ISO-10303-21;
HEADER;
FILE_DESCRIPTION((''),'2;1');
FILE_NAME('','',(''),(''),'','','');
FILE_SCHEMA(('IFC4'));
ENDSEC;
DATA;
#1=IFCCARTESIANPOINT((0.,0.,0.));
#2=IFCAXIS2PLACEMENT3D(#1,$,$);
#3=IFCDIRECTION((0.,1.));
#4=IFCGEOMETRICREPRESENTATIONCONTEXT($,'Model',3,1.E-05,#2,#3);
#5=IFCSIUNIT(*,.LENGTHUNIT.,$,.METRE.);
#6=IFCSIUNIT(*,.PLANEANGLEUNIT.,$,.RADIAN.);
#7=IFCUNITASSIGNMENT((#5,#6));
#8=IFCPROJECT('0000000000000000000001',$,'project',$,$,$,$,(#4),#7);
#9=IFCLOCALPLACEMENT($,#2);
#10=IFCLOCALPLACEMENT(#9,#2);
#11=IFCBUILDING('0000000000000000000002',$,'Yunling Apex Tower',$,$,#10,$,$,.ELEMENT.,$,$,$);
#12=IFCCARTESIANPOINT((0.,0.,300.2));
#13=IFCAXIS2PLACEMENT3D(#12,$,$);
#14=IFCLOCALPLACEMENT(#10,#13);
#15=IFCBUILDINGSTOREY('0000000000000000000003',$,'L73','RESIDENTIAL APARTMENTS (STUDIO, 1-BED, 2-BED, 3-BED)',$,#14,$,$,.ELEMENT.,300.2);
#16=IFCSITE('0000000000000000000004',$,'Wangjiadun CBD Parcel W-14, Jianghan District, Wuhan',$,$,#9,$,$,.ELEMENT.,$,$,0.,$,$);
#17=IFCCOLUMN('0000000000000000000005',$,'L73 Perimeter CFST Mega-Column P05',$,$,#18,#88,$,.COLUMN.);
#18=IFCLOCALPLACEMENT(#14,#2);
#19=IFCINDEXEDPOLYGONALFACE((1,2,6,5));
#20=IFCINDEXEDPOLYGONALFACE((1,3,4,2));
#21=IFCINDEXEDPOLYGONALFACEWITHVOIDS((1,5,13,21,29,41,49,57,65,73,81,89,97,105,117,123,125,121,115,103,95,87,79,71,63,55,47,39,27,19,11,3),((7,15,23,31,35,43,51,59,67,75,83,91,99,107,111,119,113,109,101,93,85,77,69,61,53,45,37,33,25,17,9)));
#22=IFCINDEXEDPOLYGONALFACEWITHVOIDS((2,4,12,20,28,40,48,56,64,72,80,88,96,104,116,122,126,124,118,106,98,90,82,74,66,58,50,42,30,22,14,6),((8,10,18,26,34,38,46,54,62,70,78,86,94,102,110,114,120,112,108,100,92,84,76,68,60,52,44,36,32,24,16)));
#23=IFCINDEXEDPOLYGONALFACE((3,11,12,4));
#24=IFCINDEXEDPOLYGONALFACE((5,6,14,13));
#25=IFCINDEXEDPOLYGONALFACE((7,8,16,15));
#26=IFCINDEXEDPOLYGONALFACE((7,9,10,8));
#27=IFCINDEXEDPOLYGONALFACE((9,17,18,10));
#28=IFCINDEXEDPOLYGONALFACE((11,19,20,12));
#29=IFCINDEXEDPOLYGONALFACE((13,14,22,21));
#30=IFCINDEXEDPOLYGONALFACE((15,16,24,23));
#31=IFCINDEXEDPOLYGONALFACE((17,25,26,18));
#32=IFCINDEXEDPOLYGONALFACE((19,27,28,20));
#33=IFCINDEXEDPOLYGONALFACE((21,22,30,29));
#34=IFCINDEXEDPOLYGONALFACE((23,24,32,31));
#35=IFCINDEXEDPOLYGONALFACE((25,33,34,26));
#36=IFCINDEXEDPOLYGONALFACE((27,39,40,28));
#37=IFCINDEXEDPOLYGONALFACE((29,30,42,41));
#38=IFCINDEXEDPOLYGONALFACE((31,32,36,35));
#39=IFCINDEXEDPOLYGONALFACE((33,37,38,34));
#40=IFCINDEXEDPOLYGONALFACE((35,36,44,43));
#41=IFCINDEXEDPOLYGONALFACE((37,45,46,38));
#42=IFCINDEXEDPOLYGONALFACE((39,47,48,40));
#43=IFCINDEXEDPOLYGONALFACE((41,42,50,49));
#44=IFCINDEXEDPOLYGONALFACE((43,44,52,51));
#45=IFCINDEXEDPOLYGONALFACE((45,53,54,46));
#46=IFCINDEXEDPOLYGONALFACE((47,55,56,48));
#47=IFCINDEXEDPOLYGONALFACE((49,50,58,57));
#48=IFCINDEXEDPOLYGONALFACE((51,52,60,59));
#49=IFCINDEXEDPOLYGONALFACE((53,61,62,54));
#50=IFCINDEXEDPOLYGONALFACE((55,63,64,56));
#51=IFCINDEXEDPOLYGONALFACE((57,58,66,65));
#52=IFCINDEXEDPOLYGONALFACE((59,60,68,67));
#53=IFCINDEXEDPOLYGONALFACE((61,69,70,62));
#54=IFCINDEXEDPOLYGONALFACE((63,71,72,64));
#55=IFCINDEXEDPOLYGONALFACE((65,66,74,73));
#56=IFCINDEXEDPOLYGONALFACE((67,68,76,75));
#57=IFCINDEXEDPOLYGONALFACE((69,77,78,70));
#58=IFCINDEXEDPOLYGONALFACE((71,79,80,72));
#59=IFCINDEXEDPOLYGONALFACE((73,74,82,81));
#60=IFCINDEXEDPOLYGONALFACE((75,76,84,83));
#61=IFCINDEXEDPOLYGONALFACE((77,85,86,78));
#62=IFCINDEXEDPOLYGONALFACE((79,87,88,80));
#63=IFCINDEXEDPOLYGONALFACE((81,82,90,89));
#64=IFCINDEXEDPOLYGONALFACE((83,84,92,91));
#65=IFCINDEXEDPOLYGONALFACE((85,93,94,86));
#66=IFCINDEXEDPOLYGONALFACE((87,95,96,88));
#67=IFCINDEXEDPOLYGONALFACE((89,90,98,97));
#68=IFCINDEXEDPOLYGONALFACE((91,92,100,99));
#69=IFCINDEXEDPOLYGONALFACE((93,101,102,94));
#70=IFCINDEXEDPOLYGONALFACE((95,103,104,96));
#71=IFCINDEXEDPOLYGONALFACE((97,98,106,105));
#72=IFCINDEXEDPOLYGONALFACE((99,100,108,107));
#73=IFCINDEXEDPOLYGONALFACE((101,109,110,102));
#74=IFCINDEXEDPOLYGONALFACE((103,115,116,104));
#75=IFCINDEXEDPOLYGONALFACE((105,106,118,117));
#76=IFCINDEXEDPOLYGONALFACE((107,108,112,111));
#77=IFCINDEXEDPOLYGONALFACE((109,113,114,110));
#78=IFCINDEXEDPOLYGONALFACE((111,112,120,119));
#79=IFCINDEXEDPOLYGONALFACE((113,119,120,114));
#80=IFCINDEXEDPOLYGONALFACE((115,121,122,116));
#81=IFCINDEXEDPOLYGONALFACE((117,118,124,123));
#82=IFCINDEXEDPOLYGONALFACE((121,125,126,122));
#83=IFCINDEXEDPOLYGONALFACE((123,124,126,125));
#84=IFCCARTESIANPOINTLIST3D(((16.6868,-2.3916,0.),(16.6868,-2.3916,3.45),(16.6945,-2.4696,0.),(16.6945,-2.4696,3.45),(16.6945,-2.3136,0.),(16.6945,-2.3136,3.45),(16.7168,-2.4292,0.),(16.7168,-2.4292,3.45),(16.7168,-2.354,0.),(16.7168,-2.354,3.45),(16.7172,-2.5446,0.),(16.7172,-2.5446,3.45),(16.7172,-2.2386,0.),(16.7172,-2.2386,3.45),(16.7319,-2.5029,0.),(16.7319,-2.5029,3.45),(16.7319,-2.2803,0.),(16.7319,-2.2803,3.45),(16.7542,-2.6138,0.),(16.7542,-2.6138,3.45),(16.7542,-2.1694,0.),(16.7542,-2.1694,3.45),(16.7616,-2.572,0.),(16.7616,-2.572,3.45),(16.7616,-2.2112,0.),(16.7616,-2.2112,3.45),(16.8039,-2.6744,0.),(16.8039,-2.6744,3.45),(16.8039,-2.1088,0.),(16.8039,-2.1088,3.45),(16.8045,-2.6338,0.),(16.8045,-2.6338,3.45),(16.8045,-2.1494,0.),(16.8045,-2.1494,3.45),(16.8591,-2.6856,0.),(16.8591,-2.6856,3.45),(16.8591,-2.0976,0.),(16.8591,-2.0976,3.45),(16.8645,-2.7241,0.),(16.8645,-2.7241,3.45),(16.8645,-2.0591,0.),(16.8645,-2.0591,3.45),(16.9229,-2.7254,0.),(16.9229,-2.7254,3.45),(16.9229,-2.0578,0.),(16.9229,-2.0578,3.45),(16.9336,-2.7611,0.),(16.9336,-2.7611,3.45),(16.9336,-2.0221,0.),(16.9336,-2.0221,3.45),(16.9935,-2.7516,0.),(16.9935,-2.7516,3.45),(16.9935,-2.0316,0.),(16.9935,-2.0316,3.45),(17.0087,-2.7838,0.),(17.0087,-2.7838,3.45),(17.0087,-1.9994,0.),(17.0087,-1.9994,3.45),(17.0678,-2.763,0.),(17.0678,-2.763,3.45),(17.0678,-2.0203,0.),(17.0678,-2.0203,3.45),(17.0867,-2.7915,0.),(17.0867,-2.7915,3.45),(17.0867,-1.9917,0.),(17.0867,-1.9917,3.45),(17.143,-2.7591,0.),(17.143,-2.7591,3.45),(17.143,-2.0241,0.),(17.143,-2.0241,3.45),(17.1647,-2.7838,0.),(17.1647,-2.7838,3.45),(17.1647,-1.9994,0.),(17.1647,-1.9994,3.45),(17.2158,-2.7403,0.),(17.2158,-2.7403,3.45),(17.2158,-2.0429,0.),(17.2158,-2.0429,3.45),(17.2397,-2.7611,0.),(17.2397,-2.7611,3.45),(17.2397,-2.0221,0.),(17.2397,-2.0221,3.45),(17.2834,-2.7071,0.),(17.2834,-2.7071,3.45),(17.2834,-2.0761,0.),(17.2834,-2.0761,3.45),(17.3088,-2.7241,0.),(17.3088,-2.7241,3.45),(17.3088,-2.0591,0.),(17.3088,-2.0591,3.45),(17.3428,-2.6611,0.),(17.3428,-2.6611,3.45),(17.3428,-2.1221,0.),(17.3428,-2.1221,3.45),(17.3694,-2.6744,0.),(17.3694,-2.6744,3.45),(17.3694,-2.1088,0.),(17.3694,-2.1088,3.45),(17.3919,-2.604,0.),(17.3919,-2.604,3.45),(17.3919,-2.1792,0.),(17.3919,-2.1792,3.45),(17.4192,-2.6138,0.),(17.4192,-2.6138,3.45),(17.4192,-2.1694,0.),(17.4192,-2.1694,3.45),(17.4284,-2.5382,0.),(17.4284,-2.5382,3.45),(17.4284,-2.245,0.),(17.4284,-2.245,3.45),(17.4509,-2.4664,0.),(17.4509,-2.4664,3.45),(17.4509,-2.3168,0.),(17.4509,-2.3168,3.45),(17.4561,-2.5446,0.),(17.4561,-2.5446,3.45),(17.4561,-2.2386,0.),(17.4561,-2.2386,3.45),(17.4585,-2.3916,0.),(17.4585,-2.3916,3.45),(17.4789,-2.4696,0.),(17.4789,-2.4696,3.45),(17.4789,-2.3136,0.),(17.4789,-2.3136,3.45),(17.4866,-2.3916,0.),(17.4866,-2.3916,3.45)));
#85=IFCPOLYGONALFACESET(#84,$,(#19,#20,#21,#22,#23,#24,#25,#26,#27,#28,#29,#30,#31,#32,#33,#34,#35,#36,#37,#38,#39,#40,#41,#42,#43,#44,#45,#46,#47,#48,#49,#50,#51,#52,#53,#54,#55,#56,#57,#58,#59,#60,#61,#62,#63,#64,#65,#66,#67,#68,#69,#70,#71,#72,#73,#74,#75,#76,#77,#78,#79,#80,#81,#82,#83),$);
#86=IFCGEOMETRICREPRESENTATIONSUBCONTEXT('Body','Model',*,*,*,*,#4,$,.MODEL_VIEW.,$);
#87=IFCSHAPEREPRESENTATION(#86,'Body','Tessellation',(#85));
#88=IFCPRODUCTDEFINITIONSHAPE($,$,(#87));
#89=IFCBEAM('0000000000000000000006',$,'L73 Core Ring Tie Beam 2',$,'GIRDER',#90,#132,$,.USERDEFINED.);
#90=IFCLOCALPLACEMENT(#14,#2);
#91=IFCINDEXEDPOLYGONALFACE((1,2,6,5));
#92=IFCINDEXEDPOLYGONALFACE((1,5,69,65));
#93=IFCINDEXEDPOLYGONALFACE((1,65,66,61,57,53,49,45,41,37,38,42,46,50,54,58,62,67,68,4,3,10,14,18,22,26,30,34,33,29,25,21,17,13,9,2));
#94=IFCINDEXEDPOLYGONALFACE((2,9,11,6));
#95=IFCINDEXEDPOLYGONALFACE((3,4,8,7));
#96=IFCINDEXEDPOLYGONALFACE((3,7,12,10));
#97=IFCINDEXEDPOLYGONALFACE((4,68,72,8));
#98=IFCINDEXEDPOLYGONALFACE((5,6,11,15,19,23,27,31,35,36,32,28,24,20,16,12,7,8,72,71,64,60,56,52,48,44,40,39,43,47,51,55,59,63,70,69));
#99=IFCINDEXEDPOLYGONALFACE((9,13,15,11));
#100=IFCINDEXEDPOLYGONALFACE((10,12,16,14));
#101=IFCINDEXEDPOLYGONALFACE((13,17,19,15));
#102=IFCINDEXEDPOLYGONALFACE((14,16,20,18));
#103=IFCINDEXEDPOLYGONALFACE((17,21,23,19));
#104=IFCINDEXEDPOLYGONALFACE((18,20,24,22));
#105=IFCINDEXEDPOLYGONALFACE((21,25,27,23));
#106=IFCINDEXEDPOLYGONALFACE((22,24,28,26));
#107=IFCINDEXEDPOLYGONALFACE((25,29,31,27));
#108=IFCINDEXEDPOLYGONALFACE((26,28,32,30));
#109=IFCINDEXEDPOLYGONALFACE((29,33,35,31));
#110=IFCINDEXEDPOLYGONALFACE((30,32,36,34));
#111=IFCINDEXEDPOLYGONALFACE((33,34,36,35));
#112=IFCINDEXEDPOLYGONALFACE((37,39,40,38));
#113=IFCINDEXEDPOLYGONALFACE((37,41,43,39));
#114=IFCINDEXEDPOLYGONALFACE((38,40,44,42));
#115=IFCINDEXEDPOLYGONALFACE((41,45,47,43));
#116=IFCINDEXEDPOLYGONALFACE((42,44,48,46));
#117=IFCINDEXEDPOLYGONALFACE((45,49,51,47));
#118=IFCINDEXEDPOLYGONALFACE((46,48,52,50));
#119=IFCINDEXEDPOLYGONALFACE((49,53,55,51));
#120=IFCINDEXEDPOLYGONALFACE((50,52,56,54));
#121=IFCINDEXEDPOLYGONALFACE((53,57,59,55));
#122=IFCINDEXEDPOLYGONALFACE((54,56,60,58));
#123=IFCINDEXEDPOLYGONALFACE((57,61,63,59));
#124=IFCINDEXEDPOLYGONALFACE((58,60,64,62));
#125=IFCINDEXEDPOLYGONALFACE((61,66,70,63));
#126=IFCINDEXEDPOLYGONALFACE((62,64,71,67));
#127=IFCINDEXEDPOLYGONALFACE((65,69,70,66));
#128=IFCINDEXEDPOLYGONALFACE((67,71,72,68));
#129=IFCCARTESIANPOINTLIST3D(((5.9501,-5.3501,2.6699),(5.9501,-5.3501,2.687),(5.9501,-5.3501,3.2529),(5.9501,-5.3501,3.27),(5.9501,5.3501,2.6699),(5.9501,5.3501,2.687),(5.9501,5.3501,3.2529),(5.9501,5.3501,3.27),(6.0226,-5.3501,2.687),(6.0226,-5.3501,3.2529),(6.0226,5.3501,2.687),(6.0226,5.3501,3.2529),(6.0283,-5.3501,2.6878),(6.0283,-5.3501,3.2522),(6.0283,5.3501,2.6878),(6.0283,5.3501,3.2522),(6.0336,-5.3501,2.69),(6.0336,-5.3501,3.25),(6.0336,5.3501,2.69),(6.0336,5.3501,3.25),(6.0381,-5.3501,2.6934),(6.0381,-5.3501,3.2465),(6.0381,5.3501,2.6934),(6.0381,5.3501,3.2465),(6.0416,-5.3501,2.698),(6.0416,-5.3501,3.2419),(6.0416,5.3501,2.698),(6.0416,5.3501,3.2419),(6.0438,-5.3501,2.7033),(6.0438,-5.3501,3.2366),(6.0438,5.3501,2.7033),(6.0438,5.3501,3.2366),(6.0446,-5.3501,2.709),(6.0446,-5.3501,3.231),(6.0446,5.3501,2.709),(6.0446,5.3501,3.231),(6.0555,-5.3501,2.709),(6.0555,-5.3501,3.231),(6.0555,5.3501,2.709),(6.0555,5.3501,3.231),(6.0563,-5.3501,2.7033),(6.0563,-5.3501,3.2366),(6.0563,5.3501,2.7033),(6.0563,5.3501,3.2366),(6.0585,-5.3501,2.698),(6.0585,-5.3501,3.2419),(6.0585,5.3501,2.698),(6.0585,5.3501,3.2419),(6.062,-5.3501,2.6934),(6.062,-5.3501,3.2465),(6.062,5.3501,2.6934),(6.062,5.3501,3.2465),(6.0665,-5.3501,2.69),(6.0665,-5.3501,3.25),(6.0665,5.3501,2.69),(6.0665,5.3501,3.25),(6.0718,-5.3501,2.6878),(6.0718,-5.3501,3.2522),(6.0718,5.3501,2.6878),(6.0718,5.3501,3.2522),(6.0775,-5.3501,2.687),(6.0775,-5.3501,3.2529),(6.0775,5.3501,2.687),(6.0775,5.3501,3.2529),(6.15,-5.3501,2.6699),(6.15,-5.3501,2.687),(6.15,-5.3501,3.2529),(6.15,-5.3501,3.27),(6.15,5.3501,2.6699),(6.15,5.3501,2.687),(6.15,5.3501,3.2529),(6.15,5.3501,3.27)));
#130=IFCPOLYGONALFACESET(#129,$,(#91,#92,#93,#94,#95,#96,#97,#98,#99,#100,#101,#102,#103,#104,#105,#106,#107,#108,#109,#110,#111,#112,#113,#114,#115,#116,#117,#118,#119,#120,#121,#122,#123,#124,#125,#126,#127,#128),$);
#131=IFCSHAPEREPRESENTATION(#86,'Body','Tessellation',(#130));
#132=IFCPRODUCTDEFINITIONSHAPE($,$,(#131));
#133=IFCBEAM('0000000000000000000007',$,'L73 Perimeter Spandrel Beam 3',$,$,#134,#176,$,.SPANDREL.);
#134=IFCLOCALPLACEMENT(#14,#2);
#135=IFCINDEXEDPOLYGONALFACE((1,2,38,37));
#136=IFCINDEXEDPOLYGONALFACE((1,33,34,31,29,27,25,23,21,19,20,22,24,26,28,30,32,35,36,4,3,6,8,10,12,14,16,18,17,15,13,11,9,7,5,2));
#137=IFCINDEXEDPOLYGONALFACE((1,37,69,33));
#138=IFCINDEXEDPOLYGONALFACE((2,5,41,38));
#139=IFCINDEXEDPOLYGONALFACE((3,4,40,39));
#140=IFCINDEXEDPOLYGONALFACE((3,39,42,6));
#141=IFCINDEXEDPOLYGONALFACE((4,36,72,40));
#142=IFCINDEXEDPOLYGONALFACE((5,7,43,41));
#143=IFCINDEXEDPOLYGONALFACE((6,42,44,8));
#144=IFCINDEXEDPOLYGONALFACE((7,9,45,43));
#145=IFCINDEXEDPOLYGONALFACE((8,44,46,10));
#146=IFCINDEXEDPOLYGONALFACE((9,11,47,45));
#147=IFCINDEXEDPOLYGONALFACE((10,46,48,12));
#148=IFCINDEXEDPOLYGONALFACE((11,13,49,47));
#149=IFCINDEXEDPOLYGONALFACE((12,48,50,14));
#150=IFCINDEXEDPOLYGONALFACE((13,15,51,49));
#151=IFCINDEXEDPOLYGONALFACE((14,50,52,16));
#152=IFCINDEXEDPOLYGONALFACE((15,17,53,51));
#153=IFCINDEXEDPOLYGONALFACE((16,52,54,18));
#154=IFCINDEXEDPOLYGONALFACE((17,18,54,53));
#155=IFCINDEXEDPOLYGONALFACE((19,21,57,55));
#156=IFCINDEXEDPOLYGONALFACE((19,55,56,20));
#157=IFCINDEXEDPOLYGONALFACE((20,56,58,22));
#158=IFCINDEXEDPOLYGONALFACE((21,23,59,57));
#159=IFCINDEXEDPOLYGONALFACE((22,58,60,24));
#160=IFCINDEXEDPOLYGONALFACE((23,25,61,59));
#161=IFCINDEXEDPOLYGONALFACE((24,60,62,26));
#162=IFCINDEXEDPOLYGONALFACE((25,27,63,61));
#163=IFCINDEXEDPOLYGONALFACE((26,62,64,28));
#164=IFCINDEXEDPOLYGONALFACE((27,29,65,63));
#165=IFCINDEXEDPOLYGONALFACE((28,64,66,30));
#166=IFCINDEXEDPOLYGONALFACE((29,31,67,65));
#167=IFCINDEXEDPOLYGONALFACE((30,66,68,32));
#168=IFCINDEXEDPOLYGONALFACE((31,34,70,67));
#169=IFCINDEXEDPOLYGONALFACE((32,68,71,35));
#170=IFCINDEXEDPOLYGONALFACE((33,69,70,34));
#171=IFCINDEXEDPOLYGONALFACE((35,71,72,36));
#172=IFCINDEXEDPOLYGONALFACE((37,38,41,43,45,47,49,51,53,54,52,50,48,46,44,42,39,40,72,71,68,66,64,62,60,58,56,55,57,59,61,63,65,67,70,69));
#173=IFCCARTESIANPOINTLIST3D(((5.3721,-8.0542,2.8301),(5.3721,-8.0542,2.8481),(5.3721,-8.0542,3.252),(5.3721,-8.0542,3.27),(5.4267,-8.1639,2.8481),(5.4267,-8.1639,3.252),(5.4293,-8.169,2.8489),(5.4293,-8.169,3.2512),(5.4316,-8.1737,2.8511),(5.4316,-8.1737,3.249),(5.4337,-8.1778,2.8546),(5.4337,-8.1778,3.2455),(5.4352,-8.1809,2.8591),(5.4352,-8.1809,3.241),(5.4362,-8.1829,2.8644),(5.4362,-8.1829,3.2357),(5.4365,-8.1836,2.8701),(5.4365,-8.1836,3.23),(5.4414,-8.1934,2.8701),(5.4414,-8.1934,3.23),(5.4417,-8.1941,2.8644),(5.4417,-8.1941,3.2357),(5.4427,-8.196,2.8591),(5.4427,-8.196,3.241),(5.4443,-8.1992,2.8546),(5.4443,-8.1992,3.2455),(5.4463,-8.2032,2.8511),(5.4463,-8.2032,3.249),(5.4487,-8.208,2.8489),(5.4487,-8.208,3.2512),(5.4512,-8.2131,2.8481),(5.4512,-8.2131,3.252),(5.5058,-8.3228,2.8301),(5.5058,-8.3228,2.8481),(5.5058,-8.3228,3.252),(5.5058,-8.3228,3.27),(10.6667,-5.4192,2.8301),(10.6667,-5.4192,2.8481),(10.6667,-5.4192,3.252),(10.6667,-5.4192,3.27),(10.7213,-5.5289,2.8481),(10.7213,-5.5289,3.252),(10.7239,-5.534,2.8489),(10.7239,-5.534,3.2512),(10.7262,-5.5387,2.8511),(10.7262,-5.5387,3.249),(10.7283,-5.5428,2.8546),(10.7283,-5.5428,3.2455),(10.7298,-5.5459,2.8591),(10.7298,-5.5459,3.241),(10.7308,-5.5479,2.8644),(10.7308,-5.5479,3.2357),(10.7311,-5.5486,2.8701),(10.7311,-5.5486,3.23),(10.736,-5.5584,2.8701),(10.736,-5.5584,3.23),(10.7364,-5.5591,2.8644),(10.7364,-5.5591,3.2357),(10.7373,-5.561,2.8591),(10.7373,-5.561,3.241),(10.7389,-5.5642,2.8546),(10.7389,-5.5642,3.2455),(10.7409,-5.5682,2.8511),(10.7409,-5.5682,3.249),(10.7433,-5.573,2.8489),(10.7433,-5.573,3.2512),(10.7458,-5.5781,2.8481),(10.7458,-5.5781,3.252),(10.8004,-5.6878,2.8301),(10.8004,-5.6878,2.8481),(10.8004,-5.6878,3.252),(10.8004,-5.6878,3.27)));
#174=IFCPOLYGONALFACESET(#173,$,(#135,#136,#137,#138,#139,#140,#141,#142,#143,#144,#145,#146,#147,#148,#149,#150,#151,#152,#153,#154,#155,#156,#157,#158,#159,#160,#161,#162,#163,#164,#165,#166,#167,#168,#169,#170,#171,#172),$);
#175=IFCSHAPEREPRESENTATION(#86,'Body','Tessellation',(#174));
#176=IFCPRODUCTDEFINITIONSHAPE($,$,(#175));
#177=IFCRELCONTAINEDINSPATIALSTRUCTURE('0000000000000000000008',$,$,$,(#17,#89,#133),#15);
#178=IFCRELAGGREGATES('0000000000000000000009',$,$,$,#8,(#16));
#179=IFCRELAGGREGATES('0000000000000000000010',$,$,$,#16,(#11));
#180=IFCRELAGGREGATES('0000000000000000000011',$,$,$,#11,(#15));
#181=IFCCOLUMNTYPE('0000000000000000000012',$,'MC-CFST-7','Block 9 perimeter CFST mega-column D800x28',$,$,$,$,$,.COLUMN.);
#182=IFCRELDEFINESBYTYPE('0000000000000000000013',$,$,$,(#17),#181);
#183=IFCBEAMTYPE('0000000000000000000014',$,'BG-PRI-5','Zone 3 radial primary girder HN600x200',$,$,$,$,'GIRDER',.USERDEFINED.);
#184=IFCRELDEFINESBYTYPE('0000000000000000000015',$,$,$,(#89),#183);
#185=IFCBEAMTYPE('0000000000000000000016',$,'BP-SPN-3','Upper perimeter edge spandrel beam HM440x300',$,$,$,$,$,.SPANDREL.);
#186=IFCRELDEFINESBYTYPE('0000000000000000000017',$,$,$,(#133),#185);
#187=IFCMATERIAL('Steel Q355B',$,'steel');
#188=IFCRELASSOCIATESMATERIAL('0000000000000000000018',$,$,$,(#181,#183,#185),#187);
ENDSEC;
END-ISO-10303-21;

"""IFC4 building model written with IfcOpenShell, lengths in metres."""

from ifc_helpers import new_model, si_unit, direction, frame, origin, origin_2d, place, context, subcontext, project, spatial, hollow_circle, i_section, extrude, source, transform, mapped, material, material_profile, profile_set, type_object, element, save


model = new_model("IFC4")

# Units and contexts
model_context = context("Model", 3, precision=1e-05, world=origin(), true_north=direction((0.0, 1.0)))
body_context = subcontext(model_context, "Body", "Model", "MODEL_VIEW")
ifc_project = project(units=[si_unit("LENGTHUNIT", "METRE"), si_unit("PLANEANGLEUNIT", "RADIAN")], contexts=[model_context])

# Site, building, storey
site_placement = place(None, origin())
site = spatial("IfcSite", under=ifc_project, at=site_placement, Name="Wangjiadun CBD Parcel W-14, Jianghan District, Wuhan", CompositionType="ELEMENT", RefElevation=0.0)
building_placement = place(site_placement, origin())
building = spatial("IfcBuilding", under=site, at=building_placement, Name="Yunling Apex Tower", CompositionType="ELEMENT")
storey_placement = place(building_placement, frame((0.0, 0.0, 300.2)))
storey = spatial("IfcBuildingStorey", under=building, at=storey_placement, Name="L73", Description="RESIDENTIAL APARTMENTS (STUDIO, 1-BED, 2-BED, 3-BED)", CompositionType="ELEMENT", Elevation=300.2)

# Column
ifc_material_1 = material(Name="Steel Q355B", Category="steel")
ifc_material_profile_1 = material_profile(ifc_material_1, hollow_circle(Radius=0.3999, WallThickness=0.0281, at=origin_2d()))
ifc_profile_set_1 = profile_set([ifc_material_profile_1], Name="Steel Q355B")
column_type_1 = type_object("IfcColumnType", Name="MC-CFST-7", Description="Block 9 perimeter CFST mega-column D800x28", PredefinedType="COLUMN", material=ifc_profile_set_1)
shared_shape_1 = source(origin(), body_context, "Body", "SweptSolid", [
    extrude(hollow_circle(Radius=0.3999, WallThickness=0.0281, at=origin_2d()), origin(), (0.0, 0.0, 1.0), 3.45),
])
for number, where, z_axis, x_axis, name in (
    (1, (17.0867, -2.3916, 0.0), (0.0, 0.0, 1.0), (1.0, 0.0, 0.0), "L73 Perimeter CFST Mega-Column P05"),
):
    element("IfcColumn", number, at=place(storey_placement, frame(where, z_axis=z_axis, x_axis=x_axis)), inside=storey, type_object=column_type_1, Name=name, PredefinedType="COLUMN", context=body_context, shape_type="MappedRepresentation", body=[
        mapped(shared_shape_1, transform((0.0, 0.0, 0.0), scale=1.0)),
    ])

# Beams
ifc_material_profile_2 = material_profile(ifc_material_1, i_section(OverallWidth=0.2, OverallDepth=0.6001, WebThickness=0.011, FlangeThickness=0.0171, FilletRadius=0.022, at=origin_2d()))
ifc_profile_set_2 = profile_set([ifc_material_profile_2], Name="Steel Q355B")
beam_type_1 = type_object("IfcBeamType", Name="BG-PRI-5", Description="Zone 3 radial primary girder HN600x200", ElementType="GIRDER", PredefinedType="USERDEFINED", material=ifc_profile_set_2)
shared_shape_2 = source(origin(), body_context, "Body", "SweptSolid", [
    extrude(i_section(OverallWidth=0.2, OverallDepth=0.6001, WebThickness=0.011, FlangeThickness=0.0171, FilletRadius=0.022, at=origin_2d()), origin(), (0.0, 0.0, 1.0), 10.7002),
])
beam_1_placement = place(storey_placement, frame((6.05, -5.3501, 2.97), z_axis=(0.0, 1.0, 0.0), x_axis=(-1.0, 0.0, 0.0)))
element("IfcBeam", 2, at=beam_1_placement, inside=storey, type_object=beam_type_1, Name="L73 Core Ring Tie Beam 2", ObjectType="GIRDER", PredefinedType="USERDEFINED", context=body_context, shape_type="MappedRepresentation", body=[
    mapped(shared_shape_2, transform((0.0, 0.0, 0.0), scale=1.0)),
])
ifc_material_profile_3 = material_profile(ifc_material_1, i_section(OverallWidth=0.3, OverallDepth=0.4399, WebThickness=0.011, FlangeThickness=0.0181, FilletRadius=0.022, at=origin_2d()))
ifc_profile_set_3 = profile_set([ifc_material_profile_3], Name="Steel Q355B")
beam_type_2 = type_object("IfcBeamType", Name="BP-SPN-3", Description="Upper perimeter edge spandrel beam HM440x300", PredefinedType="SPANDREL", material=ifc_profile_set_3)
shared_shape_3 = source(origin(), body_context, "Body", "SweptSolid", [
    extrude(i_section(OverallWidth=0.3, OverallDepth=0.4399, WebThickness=0.011, FlangeThickness=0.0181, FilletRadius=0.022, at=origin_2d()), origin(), (0.0, 0.0, 1.0), 5.9141),
])
for number, where, z_axis, x_axis, name in (
    (3, (5.439, -8.1885, 3.05), (0.89526, 0.445545, 0.0), (-0.445545, 0.89526, 0.0), "L73 Perimeter Spandrel Beam 3"),
):
    element("IfcBeam", number, at=place(storey_placement, frame(where, z_axis=z_axis, x_axis=x_axis)), inside=storey, type_object=beam_type_2, Name=name, PredefinedType="SPANDREL", context=body_context, shape_type="MappedRepresentation", body=[
        mapped(shared_shape_3, transform((0.0, 0.0, 0.0), scale=1.0)),
    ])

save(model, "model.ifc")
